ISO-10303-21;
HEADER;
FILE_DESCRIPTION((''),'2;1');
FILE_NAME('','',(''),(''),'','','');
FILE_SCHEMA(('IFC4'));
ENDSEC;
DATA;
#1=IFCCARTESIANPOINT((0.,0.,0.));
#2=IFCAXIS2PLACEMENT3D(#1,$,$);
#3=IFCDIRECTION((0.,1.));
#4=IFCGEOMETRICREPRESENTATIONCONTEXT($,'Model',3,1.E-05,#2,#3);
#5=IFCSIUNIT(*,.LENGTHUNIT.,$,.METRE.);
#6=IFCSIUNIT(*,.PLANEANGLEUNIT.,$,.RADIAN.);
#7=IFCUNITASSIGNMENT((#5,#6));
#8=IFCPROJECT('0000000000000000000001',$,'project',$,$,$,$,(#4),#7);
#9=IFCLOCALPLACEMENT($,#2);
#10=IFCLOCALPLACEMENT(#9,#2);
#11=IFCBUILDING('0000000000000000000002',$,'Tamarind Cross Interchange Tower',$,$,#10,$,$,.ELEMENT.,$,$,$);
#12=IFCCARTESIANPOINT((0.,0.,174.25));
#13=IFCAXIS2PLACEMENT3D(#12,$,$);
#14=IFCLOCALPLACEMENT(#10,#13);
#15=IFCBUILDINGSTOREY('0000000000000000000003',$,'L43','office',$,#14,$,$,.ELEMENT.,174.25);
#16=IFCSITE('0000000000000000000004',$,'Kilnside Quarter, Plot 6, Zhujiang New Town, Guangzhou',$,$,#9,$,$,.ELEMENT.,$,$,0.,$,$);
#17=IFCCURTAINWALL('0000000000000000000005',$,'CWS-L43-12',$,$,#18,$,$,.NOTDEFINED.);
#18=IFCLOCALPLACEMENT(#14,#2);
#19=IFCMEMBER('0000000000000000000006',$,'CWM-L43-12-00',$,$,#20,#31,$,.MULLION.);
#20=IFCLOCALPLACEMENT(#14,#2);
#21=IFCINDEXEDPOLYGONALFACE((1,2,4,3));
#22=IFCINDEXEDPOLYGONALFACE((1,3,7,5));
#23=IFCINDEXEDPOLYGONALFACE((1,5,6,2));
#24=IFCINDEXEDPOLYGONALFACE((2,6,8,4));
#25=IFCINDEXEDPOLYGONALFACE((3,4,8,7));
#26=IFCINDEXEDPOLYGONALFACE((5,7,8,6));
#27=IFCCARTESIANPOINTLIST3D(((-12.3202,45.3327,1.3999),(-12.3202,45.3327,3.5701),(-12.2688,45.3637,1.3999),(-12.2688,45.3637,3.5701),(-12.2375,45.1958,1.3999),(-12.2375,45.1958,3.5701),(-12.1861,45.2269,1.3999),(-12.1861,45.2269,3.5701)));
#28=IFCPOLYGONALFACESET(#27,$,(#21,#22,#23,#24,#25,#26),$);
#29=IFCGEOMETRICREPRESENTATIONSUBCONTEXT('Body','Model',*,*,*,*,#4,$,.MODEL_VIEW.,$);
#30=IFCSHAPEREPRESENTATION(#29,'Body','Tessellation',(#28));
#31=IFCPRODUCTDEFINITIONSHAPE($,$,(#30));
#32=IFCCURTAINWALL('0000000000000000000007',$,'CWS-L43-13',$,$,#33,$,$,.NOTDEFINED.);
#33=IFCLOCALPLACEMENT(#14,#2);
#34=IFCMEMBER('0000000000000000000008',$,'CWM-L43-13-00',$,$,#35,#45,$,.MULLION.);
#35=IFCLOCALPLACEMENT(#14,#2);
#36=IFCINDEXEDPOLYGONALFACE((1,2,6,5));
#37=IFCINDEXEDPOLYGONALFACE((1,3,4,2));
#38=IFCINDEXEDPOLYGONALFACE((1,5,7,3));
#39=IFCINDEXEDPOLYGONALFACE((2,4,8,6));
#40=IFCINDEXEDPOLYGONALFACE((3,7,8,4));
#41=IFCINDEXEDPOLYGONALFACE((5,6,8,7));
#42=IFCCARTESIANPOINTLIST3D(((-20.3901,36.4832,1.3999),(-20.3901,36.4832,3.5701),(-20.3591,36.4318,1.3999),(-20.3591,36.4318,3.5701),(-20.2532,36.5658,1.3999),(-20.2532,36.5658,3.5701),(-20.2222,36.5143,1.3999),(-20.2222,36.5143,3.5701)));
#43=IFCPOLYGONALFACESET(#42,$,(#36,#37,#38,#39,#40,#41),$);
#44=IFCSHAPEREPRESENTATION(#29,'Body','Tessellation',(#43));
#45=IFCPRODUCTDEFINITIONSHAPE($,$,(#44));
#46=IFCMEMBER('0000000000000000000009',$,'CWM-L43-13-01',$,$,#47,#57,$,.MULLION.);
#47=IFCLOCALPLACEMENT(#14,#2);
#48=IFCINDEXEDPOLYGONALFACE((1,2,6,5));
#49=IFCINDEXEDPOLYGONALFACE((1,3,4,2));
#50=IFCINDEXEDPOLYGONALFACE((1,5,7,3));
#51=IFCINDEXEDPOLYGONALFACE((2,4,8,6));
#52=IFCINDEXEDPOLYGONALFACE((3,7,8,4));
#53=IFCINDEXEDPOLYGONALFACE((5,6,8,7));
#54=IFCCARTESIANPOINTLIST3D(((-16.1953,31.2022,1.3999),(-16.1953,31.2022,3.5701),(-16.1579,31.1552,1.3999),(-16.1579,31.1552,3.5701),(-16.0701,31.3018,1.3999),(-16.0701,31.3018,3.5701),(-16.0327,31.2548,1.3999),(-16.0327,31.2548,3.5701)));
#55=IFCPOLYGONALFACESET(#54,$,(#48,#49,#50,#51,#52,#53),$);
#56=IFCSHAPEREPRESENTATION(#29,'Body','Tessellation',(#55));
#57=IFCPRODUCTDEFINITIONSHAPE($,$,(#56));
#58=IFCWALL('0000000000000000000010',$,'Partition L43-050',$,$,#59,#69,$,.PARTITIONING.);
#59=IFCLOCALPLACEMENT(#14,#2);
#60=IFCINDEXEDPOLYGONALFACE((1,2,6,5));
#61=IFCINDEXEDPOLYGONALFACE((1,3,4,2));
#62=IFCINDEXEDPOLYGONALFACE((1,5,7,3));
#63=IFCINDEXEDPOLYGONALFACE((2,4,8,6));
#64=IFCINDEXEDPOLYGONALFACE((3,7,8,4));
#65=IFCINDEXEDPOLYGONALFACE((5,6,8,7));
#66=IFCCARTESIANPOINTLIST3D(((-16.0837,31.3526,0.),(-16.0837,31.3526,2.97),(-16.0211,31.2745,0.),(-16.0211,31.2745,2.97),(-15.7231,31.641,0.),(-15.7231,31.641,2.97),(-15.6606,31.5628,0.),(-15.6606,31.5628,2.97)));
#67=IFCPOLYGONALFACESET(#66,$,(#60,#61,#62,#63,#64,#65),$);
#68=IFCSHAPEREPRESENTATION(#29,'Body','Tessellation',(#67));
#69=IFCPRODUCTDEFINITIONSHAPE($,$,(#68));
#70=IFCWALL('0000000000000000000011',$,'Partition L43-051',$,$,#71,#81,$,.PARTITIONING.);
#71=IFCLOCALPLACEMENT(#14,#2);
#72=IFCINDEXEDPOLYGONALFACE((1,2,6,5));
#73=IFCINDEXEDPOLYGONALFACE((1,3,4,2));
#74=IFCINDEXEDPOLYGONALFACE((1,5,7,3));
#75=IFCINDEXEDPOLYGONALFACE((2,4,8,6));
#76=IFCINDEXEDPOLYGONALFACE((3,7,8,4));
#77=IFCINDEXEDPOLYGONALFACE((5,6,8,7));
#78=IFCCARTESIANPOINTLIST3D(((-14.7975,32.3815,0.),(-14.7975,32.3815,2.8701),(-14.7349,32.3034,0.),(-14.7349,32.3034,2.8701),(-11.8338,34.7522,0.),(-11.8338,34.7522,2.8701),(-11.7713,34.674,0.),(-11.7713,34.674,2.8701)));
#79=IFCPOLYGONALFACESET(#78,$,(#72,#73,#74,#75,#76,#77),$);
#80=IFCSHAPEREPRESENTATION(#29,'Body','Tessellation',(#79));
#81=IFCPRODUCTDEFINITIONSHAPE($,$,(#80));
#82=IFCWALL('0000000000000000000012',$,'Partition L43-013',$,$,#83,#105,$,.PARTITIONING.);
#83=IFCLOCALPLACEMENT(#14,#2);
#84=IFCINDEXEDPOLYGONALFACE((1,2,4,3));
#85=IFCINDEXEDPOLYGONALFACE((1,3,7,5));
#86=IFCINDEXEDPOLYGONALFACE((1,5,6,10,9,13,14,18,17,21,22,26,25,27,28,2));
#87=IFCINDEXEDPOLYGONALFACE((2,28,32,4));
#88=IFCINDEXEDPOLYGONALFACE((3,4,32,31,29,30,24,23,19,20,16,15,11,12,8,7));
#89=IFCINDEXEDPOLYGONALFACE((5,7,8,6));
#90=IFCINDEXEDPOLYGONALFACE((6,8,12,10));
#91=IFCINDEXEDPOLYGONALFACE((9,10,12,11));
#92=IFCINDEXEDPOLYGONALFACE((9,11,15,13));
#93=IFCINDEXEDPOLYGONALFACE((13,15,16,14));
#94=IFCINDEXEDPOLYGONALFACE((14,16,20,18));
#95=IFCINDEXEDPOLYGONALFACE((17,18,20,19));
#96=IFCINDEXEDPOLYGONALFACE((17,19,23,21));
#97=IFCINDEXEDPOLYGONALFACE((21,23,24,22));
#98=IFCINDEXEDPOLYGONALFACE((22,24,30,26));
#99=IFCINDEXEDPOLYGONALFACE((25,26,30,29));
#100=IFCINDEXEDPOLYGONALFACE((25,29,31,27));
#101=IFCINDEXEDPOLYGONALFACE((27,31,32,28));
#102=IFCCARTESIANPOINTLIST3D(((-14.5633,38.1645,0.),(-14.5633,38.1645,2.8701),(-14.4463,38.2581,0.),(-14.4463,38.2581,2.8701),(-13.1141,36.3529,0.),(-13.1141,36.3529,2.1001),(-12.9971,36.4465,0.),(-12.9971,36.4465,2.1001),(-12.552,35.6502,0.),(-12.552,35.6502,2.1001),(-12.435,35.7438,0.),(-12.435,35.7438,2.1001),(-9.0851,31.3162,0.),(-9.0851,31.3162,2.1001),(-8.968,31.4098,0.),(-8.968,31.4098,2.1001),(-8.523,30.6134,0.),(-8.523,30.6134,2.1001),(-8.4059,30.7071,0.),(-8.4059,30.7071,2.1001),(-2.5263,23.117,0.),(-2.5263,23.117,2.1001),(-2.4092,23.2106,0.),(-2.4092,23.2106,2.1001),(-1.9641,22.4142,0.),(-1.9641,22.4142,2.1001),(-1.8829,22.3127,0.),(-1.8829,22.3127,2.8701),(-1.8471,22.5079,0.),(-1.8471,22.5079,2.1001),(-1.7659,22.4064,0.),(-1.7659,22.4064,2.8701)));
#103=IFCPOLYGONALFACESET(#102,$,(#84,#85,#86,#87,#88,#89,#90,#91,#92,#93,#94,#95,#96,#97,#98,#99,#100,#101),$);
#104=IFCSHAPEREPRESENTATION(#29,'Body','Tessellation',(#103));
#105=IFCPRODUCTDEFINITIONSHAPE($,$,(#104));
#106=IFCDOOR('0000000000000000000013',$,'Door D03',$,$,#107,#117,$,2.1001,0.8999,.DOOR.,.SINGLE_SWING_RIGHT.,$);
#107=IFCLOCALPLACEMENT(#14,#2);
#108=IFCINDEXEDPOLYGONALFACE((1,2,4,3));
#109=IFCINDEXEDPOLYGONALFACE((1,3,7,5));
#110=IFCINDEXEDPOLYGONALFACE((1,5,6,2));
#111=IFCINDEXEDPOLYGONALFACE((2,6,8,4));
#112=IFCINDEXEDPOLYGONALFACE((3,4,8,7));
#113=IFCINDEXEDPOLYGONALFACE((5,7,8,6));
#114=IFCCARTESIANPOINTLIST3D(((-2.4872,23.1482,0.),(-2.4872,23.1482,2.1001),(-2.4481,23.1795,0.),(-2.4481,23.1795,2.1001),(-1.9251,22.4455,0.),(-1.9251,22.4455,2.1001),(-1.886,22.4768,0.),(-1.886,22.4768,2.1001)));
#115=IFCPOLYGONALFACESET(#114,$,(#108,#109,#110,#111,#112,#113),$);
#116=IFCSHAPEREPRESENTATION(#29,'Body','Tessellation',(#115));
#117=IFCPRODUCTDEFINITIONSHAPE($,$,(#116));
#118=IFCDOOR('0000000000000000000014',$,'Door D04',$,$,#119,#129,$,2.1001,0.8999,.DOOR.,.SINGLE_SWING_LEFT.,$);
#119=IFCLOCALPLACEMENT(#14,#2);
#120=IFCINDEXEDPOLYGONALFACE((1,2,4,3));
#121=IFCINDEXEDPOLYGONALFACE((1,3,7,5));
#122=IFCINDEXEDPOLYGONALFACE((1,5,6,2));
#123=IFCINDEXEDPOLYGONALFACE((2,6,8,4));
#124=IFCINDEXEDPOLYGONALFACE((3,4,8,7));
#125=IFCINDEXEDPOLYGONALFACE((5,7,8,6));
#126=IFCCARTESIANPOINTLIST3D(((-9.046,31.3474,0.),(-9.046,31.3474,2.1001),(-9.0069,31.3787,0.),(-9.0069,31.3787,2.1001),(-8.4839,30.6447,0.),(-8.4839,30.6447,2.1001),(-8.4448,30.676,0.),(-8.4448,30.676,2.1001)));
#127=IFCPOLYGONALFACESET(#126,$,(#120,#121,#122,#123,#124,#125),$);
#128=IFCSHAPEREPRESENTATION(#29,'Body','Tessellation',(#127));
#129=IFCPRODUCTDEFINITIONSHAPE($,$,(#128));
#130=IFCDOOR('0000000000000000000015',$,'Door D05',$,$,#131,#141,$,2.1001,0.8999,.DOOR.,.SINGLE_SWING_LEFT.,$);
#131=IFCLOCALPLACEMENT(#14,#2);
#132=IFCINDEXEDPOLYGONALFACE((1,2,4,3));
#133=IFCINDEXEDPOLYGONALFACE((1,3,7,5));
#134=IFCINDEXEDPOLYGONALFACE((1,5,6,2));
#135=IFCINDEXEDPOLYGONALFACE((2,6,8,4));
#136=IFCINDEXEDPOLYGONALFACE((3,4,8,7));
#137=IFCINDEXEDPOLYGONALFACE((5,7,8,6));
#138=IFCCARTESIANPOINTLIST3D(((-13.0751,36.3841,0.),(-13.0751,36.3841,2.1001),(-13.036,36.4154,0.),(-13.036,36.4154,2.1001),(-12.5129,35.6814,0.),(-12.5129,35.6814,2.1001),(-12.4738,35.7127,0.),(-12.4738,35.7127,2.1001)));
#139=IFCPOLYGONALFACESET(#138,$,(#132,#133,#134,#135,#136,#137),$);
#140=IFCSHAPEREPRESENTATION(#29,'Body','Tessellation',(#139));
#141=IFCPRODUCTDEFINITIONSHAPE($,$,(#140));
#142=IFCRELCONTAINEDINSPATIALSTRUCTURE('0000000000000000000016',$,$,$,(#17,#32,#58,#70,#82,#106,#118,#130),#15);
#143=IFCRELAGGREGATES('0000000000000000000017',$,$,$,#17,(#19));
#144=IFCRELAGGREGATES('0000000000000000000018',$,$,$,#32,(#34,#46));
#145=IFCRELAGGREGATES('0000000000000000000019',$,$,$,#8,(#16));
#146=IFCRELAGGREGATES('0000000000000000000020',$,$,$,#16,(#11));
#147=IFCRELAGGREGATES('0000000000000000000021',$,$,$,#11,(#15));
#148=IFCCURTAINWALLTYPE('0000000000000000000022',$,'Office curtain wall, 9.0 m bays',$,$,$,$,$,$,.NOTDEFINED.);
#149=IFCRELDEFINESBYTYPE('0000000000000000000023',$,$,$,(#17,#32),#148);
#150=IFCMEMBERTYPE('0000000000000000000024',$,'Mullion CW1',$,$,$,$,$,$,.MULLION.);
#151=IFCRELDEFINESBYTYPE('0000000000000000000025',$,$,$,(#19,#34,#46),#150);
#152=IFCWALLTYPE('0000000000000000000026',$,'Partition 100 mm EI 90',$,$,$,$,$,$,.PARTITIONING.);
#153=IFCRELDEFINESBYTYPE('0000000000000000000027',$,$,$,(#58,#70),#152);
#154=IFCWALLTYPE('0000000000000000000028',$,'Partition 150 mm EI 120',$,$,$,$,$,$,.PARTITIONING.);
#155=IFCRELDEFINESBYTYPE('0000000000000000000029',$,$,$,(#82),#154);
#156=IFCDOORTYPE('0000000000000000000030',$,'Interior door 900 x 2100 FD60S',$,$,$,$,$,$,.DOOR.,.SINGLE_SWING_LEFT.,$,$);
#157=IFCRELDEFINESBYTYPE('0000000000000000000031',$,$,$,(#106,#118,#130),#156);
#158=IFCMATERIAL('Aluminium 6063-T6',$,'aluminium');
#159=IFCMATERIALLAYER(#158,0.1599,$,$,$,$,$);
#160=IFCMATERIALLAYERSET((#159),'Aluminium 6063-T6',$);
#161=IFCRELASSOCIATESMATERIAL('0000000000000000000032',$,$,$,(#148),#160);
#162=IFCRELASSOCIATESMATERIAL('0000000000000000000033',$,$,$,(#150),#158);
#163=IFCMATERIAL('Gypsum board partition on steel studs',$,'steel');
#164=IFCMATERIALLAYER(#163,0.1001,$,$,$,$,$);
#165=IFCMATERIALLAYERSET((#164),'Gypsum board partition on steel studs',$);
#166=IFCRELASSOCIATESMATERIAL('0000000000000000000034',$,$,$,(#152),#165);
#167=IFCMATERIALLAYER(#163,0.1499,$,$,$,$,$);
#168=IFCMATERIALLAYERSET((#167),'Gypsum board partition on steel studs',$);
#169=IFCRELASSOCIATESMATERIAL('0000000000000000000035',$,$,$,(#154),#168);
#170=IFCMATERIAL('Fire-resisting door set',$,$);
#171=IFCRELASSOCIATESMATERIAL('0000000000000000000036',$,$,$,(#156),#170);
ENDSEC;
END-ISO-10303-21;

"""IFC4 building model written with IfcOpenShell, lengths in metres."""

from ifc_helpers import new_model, si_unit, direction, frame, frame_2d, origin, origin_2d, place, context, subcontext, project, spatial, rectangle, extrude, material, layer, layer_set, material_profile, profile_set, type_object, element, fill, aggregate, save


model = new_model("IFC4")

# Units and contexts
model_context = context("Model", 3, precision=1e-05, world=origin(), true_north=direction((0.0, 1.0)))
body_context = subcontext(model_context, "Body", "Model", "MODEL_VIEW")
ifc_project = project(units=[si_unit("LENGTHUNIT", "METRE"), si_unit("PLANEANGLEUNIT", "RADIAN")], contexts=[model_context])

# Site, building, storey
site_placement = place(None, origin())
site = spatial("IfcSite", under=ifc_project, at=site_placement, Name="Kilnside Quarter, Plot 6, Zhujiang New Town, Guangzhou", CompositionType="ELEMENT", RefElevation=0.0)
building_placement = place(site_placement, origin())
building = spatial("IfcBuilding", under=site, at=building_placement, Name="Tamarind Cross Interchange Tower", CompositionType="ELEMENT")
storey_placement = place(building_placement, frame((0.0, 0.0, 174.25)))
storey = spatial("IfcBuildingStorey", under=building, at=storey_placement, Name="L43", Description="office", CompositionType="ELEMENT", Elevation=174.25)

# Curtain wall, member
ifc_material_1 = material(Name="Aluminium 6063-T6", Category="aluminium")
ifc_layer_1 = layer(ifc_material_1, 0.1599)
ifc_layer_set_1 = layer_set([ifc_layer_1], Name="Aluminium 6063-T6")
curtain_wall_type = type_object("IfcCurtainWallType", Name="Office curtain wall, 9.0 m bays", PredefinedType="NOTDEFINED", material=ifc_layer_set_1)
curtain_wall_1_placement = place(storey_placement, origin())
curtain_wall_1 = element("IfcCurtainWall", 1, at=curtain_wall_1_placement, inside=storey, type_object=curtain_wall_type, Name="CWS-L43-12", PredefinedType="NOTDEFINED")
ifc_material_profile_1 = material_profile(ifc_material_1, rectangle(XDim=0.0601, YDim=0.1599, at=origin_2d()), Name="Mullion CW1")
ifc_profile_set_1 = profile_set([ifc_material_profile_1], Name="Aluminium 6063-T6")
member_type = type_object("IfcMemberType", Name="Mullion CW1", PredefinedType="MULLION", material=ifc_profile_set_1)
member_1_placement = place(storey_placement, frame((-12.2532, 45.2798, 1.3999), z_axis=(0.0, 0.0, 1.0), x_axis=(-0.855747, -0.517394, 0.0)))
member_1 = element("IfcMember", 2, at=member_1_placement, type_object=member_type, Name="CWM-L43-12-00", PredefinedType="MULLION", context=body_context, shape_type="SweptSolid", body=[
    extrude(rectangle(XDim=0.0601, YDim=0.1599, at=origin_2d()), origin(), (0.0, 0.0, 1.0), 2.1702),
])
aggregate(curtain_wall_1, [member_1])

# Curtain wall, members
curtain_wall_2_placement = place(storey_placement, origin())
curtain_wall_2 = element("IfcCurtainWall", 3, at=curtain_wall_2_placement, inside=storey, type_object=curtain_wall_type, Name="CWS-L43-13", PredefinedType="NOTDEFINED")
member_2_placement = place(storey_placement, frame((-20.3062, 36.4988, 1.3999), z_axis=(0.0, 0.0, 1.0), x_axis=(0.516222, -0.856455, 0.0)))
member_2 = element("IfcMember", 4, at=member_2_placement, type_object=member_type, Name="CWM-L43-13-00", PredefinedType="MULLION", context=body_context, shape_type="SweptSolid", body=[
    extrude(rectangle(XDim=0.0601, YDim=0.1599, at=origin_2d()), origin(), (0.0, 0.0, 1.0), 2.1702),
])
member_3_placement = place(storey_placement, frame((-16.114, 31.2285, 1.3999), z_axis=(0.0, 0.0, 1.0), x_axis=(0.622525, -0.7826, 0.0)))
member_3 = element("IfcMember", 5, at=member_3_placement, type_object=member_type, Name="CWM-L43-13-01", PredefinedType="MULLION", context=body_context, shape_type="SweptSolid", body=[
    extrude(rectangle(XDim=0.0601, YDim=0.1599, at=origin_2d()), origin(), (0.0, 0.0, 1.0), 2.1702),
])
aggregate(curtain_wall_2, [member_2, member_3])

# Walls
ifc_material_2 = material(Name="Gypsum board partition on steel studs", Category="steel")
ifc_layer_2 = layer(ifc_material_2, 0.1001)
ifc_layer_set_2 = layer_set([ifc_layer_2], Name="Gypsum board partition on steel studs")
wall_type_1 = type_object("IfcWallType", Name="Partition 100 mm EI 90", PredefinedType="PARTITIONING", material=ifc_layer_set_2)
wall_1_placement = place(storey_placement, frame((-16.0525, 31.3135, 0.0), z_axis=(0.0, 0.0, 1.0), x_axis=(0.781024, 0.624502, 0.0)))
element("IfcWall", 6, at=wall_1_placement, inside=storey, type_object=wall_type_1, Name="Partition L43-050", PredefinedType="PARTITIONING", context=body_context, shape_type="SweptSolid", body=[
    extrude(rectangle(XDim=0.4617, YDim=0.1001, at=frame_2d((0.231, 0.0))), origin(), (0.0, 0.0, 1.0), 2.97),
])
wall_2_placement = place(storey_placement, frame((-14.7661, 32.3425, 0.0), z_axis=(0.0, 0.0, 1.0), x_axis=(0.780906, 0.624648, 0.0)))
element("IfcWall", 7, at=wall_2_placement, inside=storey, type_object=wall_type_1, Name="Partition L43-051", PredefinedType="PARTITIONING", context=body_context, shape_type="SweptSolid", body=[
    extrude(rectangle(XDim=3.7952, YDim=0.1001, at=frame_2d((1.8975, 0.0))), origin(), (0.0, 0.0, 1.0), 2.8701),
])

# Wall, openings, doors
ifc_layer_3 = layer(ifc_material_2, 0.1499)
ifc_layer_set_3 = layer_set([ifc_layer_3], Name="Gypsum board partition on steel studs")
wall_type_2 = type_object("IfcWallType", Name="Partition 150 mm EI 120", PredefinedType="PARTITIONING", material=ifc_layer_set_3)
wall_3_placement = place(storey_placement, frame((-14.5049, 38.2114, 0.0), z_axis=(0.0, 0.0, 1.0), x_axis=(0.624664, -0.780893, 0.0)))
wall_3 = element("IfcWall", 8, at=wall_3_placement, inside=storey, type_object=wall_type_2, Name="Partition L43-013", PredefinedType="PARTITIONING", context=body_context, shape_type="SweptSolid", body=[
    extrude(rectangle(XDim=20.2996, YDim=0.1499, at=frame_2d((10.1499, 0.0))), origin(), (0.0, 0.0, 1.0), 2.8701),
])
opening_1_placement = place(wall_3_placement, frame((19.2698, 0.0, 0.0)))
opening_1 = element("IfcOpeningElement", 9, at=opening_1_placement, cuts=wall_3, PredefinedType="OPENING", context=body_context, shape_type="SweptSolid", body=[
    extrude(rectangle(XDim=0.8999, YDim=2.1001, at=frame_2d((0.45, 1.05))), frame((0.0, 0.085, 0.0), z_axis=(0.0, -1.0, 0.0), x_axis=(1.0, 0.0, 0.0)), (0.0, 0.0, 1.0), 0.1699),
])
opening_2_placement = place(wall_3_placement, frame((8.77, 0.0, 0.0)))
opening_2 = element("IfcOpeningElement", 10, at=opening_2_placement, cuts=wall_3, PredefinedType="OPENING", context=body_context, shape_type="SweptSolid", body=[
    extrude(rectangle(XDim=0.8999, YDim=2.1001, at=frame_2d((0.45, 1.05))), frame((0.0, 0.085, 0.0), z_axis=(0.0, -1.0, 0.0), x_axis=(1.0, 0.0, 0.0)), (0.0, 0.0, 1.0), 0.1699),
])
opening_3_placement = place(wall_3_placement, frame((2.3201, 0.0, 0.0)))
opening_3 = element("IfcOpeningElement", 11, at=opening_3_placement, cuts=wall_3, PredefinedType="OPENING", context=body_context, shape_type="SweptSolid", body=[
    extrude(rectangle(XDim=0.8999, YDim=2.1001, at=frame_2d((0.45, 1.05))), frame((0.0, 0.085, 0.0), z_axis=(0.0, -1.0, 0.0), x_axis=(1.0, 0.0, 0.0)), (0.0, 0.0, 1.0), 0.1699),
])
ifc_material_3 = material(Name="Fire-resisting door set")
door_type_1 = type_object("IfcDoorType", Name="Interior door 900 x 2100 FD60S", OperationType="SINGLE_SWING_LEFT", PredefinedType="DOOR", material=ifc_material_3)
door_1_placement = place(opening_1_placement, frame((0.8999, 0.0, 0.0), z_axis=(0.0, 0.0, 1.0), x_axis=(-1.0, 0.0, 0.0)))
door_1 = element("IfcDoor", 12, at=door_1_placement, inside=storey, type_object=door_type_1, Name="Door D03", OperationType="SINGLE_SWING_RIGHT", OverallHeight=2.1001, OverallWidth=0.8999, PredefinedType="DOOR", context=body_context, shape_type="SweptSolid", body=[
    extrude(rectangle(XDim=0.8999, YDim=2.1001, at=frame_2d((0.45, 1.05))), frame((0.0, 0.0249, 0.0), z_axis=(0.0, -1.0, 0.0), x_axis=(1.0, 0.0, 0.0)), (0.0, 0.0, 1.0), 0.05),
])
fill(opening_1, door_1)
door_2_placement = place(opening_2_placement, frame((0.8999, 0.0, 0.0), z_axis=(0.0, 0.0, 1.0), x_axis=(-1.0, 0.0, 0.0)))
door_2 = element("IfcDoor", 13, at=door_2_placement, inside=storey, type_object=door_type_1, Name="Door D04", OperationType="SINGLE_SWING_LEFT", OverallHeight=2.1001, OverallWidth=0.8999, PredefinedType="DOOR", context=body_context, shape_type="SweptSolid", body=[
    extrude(rectangle(XDim=0.8999, YDim=2.1001, at=frame_2d((0.45, 1.05))), frame((0.0, 0.0249, 0.0), z_axis=(0.0, -1.0, 0.0), x_axis=(1.0, 0.0, 0.0)), (0.0, 0.0, 1.0), 0.05),
])
fill(opening_2, door_2)
door_3_placement = place(opening_3_placement, frame((0.8999, 0.0, 0.0), z_axis=(0.0, 0.0, 1.0), x_axis=(-1.0, 0.0, 0.0)))
door_3 = element("IfcDoor", 14, at=door_3_placement, inside=storey, type_object=door_type_1, Name="Door D05", OperationType="SINGLE_SWING_LEFT", OverallHeight=2.1001, OverallWidth=0.8999, PredefinedType="DOOR", context=body_context, shape_type="SweptSolid", body=[
    extrude(rectangle(XDim=0.8999, YDim=2.1001, at=frame_2d((0.45, 1.05))), frame((0.0, 0.0249, 0.0), z_axis=(0.0, -1.0, 0.0), x_axis=(1.0, 0.0, 0.0)), (0.0, 0.0, 1.0), 0.05),
])
fill(opening_3, door_3)

save(model, "model.ifc")
